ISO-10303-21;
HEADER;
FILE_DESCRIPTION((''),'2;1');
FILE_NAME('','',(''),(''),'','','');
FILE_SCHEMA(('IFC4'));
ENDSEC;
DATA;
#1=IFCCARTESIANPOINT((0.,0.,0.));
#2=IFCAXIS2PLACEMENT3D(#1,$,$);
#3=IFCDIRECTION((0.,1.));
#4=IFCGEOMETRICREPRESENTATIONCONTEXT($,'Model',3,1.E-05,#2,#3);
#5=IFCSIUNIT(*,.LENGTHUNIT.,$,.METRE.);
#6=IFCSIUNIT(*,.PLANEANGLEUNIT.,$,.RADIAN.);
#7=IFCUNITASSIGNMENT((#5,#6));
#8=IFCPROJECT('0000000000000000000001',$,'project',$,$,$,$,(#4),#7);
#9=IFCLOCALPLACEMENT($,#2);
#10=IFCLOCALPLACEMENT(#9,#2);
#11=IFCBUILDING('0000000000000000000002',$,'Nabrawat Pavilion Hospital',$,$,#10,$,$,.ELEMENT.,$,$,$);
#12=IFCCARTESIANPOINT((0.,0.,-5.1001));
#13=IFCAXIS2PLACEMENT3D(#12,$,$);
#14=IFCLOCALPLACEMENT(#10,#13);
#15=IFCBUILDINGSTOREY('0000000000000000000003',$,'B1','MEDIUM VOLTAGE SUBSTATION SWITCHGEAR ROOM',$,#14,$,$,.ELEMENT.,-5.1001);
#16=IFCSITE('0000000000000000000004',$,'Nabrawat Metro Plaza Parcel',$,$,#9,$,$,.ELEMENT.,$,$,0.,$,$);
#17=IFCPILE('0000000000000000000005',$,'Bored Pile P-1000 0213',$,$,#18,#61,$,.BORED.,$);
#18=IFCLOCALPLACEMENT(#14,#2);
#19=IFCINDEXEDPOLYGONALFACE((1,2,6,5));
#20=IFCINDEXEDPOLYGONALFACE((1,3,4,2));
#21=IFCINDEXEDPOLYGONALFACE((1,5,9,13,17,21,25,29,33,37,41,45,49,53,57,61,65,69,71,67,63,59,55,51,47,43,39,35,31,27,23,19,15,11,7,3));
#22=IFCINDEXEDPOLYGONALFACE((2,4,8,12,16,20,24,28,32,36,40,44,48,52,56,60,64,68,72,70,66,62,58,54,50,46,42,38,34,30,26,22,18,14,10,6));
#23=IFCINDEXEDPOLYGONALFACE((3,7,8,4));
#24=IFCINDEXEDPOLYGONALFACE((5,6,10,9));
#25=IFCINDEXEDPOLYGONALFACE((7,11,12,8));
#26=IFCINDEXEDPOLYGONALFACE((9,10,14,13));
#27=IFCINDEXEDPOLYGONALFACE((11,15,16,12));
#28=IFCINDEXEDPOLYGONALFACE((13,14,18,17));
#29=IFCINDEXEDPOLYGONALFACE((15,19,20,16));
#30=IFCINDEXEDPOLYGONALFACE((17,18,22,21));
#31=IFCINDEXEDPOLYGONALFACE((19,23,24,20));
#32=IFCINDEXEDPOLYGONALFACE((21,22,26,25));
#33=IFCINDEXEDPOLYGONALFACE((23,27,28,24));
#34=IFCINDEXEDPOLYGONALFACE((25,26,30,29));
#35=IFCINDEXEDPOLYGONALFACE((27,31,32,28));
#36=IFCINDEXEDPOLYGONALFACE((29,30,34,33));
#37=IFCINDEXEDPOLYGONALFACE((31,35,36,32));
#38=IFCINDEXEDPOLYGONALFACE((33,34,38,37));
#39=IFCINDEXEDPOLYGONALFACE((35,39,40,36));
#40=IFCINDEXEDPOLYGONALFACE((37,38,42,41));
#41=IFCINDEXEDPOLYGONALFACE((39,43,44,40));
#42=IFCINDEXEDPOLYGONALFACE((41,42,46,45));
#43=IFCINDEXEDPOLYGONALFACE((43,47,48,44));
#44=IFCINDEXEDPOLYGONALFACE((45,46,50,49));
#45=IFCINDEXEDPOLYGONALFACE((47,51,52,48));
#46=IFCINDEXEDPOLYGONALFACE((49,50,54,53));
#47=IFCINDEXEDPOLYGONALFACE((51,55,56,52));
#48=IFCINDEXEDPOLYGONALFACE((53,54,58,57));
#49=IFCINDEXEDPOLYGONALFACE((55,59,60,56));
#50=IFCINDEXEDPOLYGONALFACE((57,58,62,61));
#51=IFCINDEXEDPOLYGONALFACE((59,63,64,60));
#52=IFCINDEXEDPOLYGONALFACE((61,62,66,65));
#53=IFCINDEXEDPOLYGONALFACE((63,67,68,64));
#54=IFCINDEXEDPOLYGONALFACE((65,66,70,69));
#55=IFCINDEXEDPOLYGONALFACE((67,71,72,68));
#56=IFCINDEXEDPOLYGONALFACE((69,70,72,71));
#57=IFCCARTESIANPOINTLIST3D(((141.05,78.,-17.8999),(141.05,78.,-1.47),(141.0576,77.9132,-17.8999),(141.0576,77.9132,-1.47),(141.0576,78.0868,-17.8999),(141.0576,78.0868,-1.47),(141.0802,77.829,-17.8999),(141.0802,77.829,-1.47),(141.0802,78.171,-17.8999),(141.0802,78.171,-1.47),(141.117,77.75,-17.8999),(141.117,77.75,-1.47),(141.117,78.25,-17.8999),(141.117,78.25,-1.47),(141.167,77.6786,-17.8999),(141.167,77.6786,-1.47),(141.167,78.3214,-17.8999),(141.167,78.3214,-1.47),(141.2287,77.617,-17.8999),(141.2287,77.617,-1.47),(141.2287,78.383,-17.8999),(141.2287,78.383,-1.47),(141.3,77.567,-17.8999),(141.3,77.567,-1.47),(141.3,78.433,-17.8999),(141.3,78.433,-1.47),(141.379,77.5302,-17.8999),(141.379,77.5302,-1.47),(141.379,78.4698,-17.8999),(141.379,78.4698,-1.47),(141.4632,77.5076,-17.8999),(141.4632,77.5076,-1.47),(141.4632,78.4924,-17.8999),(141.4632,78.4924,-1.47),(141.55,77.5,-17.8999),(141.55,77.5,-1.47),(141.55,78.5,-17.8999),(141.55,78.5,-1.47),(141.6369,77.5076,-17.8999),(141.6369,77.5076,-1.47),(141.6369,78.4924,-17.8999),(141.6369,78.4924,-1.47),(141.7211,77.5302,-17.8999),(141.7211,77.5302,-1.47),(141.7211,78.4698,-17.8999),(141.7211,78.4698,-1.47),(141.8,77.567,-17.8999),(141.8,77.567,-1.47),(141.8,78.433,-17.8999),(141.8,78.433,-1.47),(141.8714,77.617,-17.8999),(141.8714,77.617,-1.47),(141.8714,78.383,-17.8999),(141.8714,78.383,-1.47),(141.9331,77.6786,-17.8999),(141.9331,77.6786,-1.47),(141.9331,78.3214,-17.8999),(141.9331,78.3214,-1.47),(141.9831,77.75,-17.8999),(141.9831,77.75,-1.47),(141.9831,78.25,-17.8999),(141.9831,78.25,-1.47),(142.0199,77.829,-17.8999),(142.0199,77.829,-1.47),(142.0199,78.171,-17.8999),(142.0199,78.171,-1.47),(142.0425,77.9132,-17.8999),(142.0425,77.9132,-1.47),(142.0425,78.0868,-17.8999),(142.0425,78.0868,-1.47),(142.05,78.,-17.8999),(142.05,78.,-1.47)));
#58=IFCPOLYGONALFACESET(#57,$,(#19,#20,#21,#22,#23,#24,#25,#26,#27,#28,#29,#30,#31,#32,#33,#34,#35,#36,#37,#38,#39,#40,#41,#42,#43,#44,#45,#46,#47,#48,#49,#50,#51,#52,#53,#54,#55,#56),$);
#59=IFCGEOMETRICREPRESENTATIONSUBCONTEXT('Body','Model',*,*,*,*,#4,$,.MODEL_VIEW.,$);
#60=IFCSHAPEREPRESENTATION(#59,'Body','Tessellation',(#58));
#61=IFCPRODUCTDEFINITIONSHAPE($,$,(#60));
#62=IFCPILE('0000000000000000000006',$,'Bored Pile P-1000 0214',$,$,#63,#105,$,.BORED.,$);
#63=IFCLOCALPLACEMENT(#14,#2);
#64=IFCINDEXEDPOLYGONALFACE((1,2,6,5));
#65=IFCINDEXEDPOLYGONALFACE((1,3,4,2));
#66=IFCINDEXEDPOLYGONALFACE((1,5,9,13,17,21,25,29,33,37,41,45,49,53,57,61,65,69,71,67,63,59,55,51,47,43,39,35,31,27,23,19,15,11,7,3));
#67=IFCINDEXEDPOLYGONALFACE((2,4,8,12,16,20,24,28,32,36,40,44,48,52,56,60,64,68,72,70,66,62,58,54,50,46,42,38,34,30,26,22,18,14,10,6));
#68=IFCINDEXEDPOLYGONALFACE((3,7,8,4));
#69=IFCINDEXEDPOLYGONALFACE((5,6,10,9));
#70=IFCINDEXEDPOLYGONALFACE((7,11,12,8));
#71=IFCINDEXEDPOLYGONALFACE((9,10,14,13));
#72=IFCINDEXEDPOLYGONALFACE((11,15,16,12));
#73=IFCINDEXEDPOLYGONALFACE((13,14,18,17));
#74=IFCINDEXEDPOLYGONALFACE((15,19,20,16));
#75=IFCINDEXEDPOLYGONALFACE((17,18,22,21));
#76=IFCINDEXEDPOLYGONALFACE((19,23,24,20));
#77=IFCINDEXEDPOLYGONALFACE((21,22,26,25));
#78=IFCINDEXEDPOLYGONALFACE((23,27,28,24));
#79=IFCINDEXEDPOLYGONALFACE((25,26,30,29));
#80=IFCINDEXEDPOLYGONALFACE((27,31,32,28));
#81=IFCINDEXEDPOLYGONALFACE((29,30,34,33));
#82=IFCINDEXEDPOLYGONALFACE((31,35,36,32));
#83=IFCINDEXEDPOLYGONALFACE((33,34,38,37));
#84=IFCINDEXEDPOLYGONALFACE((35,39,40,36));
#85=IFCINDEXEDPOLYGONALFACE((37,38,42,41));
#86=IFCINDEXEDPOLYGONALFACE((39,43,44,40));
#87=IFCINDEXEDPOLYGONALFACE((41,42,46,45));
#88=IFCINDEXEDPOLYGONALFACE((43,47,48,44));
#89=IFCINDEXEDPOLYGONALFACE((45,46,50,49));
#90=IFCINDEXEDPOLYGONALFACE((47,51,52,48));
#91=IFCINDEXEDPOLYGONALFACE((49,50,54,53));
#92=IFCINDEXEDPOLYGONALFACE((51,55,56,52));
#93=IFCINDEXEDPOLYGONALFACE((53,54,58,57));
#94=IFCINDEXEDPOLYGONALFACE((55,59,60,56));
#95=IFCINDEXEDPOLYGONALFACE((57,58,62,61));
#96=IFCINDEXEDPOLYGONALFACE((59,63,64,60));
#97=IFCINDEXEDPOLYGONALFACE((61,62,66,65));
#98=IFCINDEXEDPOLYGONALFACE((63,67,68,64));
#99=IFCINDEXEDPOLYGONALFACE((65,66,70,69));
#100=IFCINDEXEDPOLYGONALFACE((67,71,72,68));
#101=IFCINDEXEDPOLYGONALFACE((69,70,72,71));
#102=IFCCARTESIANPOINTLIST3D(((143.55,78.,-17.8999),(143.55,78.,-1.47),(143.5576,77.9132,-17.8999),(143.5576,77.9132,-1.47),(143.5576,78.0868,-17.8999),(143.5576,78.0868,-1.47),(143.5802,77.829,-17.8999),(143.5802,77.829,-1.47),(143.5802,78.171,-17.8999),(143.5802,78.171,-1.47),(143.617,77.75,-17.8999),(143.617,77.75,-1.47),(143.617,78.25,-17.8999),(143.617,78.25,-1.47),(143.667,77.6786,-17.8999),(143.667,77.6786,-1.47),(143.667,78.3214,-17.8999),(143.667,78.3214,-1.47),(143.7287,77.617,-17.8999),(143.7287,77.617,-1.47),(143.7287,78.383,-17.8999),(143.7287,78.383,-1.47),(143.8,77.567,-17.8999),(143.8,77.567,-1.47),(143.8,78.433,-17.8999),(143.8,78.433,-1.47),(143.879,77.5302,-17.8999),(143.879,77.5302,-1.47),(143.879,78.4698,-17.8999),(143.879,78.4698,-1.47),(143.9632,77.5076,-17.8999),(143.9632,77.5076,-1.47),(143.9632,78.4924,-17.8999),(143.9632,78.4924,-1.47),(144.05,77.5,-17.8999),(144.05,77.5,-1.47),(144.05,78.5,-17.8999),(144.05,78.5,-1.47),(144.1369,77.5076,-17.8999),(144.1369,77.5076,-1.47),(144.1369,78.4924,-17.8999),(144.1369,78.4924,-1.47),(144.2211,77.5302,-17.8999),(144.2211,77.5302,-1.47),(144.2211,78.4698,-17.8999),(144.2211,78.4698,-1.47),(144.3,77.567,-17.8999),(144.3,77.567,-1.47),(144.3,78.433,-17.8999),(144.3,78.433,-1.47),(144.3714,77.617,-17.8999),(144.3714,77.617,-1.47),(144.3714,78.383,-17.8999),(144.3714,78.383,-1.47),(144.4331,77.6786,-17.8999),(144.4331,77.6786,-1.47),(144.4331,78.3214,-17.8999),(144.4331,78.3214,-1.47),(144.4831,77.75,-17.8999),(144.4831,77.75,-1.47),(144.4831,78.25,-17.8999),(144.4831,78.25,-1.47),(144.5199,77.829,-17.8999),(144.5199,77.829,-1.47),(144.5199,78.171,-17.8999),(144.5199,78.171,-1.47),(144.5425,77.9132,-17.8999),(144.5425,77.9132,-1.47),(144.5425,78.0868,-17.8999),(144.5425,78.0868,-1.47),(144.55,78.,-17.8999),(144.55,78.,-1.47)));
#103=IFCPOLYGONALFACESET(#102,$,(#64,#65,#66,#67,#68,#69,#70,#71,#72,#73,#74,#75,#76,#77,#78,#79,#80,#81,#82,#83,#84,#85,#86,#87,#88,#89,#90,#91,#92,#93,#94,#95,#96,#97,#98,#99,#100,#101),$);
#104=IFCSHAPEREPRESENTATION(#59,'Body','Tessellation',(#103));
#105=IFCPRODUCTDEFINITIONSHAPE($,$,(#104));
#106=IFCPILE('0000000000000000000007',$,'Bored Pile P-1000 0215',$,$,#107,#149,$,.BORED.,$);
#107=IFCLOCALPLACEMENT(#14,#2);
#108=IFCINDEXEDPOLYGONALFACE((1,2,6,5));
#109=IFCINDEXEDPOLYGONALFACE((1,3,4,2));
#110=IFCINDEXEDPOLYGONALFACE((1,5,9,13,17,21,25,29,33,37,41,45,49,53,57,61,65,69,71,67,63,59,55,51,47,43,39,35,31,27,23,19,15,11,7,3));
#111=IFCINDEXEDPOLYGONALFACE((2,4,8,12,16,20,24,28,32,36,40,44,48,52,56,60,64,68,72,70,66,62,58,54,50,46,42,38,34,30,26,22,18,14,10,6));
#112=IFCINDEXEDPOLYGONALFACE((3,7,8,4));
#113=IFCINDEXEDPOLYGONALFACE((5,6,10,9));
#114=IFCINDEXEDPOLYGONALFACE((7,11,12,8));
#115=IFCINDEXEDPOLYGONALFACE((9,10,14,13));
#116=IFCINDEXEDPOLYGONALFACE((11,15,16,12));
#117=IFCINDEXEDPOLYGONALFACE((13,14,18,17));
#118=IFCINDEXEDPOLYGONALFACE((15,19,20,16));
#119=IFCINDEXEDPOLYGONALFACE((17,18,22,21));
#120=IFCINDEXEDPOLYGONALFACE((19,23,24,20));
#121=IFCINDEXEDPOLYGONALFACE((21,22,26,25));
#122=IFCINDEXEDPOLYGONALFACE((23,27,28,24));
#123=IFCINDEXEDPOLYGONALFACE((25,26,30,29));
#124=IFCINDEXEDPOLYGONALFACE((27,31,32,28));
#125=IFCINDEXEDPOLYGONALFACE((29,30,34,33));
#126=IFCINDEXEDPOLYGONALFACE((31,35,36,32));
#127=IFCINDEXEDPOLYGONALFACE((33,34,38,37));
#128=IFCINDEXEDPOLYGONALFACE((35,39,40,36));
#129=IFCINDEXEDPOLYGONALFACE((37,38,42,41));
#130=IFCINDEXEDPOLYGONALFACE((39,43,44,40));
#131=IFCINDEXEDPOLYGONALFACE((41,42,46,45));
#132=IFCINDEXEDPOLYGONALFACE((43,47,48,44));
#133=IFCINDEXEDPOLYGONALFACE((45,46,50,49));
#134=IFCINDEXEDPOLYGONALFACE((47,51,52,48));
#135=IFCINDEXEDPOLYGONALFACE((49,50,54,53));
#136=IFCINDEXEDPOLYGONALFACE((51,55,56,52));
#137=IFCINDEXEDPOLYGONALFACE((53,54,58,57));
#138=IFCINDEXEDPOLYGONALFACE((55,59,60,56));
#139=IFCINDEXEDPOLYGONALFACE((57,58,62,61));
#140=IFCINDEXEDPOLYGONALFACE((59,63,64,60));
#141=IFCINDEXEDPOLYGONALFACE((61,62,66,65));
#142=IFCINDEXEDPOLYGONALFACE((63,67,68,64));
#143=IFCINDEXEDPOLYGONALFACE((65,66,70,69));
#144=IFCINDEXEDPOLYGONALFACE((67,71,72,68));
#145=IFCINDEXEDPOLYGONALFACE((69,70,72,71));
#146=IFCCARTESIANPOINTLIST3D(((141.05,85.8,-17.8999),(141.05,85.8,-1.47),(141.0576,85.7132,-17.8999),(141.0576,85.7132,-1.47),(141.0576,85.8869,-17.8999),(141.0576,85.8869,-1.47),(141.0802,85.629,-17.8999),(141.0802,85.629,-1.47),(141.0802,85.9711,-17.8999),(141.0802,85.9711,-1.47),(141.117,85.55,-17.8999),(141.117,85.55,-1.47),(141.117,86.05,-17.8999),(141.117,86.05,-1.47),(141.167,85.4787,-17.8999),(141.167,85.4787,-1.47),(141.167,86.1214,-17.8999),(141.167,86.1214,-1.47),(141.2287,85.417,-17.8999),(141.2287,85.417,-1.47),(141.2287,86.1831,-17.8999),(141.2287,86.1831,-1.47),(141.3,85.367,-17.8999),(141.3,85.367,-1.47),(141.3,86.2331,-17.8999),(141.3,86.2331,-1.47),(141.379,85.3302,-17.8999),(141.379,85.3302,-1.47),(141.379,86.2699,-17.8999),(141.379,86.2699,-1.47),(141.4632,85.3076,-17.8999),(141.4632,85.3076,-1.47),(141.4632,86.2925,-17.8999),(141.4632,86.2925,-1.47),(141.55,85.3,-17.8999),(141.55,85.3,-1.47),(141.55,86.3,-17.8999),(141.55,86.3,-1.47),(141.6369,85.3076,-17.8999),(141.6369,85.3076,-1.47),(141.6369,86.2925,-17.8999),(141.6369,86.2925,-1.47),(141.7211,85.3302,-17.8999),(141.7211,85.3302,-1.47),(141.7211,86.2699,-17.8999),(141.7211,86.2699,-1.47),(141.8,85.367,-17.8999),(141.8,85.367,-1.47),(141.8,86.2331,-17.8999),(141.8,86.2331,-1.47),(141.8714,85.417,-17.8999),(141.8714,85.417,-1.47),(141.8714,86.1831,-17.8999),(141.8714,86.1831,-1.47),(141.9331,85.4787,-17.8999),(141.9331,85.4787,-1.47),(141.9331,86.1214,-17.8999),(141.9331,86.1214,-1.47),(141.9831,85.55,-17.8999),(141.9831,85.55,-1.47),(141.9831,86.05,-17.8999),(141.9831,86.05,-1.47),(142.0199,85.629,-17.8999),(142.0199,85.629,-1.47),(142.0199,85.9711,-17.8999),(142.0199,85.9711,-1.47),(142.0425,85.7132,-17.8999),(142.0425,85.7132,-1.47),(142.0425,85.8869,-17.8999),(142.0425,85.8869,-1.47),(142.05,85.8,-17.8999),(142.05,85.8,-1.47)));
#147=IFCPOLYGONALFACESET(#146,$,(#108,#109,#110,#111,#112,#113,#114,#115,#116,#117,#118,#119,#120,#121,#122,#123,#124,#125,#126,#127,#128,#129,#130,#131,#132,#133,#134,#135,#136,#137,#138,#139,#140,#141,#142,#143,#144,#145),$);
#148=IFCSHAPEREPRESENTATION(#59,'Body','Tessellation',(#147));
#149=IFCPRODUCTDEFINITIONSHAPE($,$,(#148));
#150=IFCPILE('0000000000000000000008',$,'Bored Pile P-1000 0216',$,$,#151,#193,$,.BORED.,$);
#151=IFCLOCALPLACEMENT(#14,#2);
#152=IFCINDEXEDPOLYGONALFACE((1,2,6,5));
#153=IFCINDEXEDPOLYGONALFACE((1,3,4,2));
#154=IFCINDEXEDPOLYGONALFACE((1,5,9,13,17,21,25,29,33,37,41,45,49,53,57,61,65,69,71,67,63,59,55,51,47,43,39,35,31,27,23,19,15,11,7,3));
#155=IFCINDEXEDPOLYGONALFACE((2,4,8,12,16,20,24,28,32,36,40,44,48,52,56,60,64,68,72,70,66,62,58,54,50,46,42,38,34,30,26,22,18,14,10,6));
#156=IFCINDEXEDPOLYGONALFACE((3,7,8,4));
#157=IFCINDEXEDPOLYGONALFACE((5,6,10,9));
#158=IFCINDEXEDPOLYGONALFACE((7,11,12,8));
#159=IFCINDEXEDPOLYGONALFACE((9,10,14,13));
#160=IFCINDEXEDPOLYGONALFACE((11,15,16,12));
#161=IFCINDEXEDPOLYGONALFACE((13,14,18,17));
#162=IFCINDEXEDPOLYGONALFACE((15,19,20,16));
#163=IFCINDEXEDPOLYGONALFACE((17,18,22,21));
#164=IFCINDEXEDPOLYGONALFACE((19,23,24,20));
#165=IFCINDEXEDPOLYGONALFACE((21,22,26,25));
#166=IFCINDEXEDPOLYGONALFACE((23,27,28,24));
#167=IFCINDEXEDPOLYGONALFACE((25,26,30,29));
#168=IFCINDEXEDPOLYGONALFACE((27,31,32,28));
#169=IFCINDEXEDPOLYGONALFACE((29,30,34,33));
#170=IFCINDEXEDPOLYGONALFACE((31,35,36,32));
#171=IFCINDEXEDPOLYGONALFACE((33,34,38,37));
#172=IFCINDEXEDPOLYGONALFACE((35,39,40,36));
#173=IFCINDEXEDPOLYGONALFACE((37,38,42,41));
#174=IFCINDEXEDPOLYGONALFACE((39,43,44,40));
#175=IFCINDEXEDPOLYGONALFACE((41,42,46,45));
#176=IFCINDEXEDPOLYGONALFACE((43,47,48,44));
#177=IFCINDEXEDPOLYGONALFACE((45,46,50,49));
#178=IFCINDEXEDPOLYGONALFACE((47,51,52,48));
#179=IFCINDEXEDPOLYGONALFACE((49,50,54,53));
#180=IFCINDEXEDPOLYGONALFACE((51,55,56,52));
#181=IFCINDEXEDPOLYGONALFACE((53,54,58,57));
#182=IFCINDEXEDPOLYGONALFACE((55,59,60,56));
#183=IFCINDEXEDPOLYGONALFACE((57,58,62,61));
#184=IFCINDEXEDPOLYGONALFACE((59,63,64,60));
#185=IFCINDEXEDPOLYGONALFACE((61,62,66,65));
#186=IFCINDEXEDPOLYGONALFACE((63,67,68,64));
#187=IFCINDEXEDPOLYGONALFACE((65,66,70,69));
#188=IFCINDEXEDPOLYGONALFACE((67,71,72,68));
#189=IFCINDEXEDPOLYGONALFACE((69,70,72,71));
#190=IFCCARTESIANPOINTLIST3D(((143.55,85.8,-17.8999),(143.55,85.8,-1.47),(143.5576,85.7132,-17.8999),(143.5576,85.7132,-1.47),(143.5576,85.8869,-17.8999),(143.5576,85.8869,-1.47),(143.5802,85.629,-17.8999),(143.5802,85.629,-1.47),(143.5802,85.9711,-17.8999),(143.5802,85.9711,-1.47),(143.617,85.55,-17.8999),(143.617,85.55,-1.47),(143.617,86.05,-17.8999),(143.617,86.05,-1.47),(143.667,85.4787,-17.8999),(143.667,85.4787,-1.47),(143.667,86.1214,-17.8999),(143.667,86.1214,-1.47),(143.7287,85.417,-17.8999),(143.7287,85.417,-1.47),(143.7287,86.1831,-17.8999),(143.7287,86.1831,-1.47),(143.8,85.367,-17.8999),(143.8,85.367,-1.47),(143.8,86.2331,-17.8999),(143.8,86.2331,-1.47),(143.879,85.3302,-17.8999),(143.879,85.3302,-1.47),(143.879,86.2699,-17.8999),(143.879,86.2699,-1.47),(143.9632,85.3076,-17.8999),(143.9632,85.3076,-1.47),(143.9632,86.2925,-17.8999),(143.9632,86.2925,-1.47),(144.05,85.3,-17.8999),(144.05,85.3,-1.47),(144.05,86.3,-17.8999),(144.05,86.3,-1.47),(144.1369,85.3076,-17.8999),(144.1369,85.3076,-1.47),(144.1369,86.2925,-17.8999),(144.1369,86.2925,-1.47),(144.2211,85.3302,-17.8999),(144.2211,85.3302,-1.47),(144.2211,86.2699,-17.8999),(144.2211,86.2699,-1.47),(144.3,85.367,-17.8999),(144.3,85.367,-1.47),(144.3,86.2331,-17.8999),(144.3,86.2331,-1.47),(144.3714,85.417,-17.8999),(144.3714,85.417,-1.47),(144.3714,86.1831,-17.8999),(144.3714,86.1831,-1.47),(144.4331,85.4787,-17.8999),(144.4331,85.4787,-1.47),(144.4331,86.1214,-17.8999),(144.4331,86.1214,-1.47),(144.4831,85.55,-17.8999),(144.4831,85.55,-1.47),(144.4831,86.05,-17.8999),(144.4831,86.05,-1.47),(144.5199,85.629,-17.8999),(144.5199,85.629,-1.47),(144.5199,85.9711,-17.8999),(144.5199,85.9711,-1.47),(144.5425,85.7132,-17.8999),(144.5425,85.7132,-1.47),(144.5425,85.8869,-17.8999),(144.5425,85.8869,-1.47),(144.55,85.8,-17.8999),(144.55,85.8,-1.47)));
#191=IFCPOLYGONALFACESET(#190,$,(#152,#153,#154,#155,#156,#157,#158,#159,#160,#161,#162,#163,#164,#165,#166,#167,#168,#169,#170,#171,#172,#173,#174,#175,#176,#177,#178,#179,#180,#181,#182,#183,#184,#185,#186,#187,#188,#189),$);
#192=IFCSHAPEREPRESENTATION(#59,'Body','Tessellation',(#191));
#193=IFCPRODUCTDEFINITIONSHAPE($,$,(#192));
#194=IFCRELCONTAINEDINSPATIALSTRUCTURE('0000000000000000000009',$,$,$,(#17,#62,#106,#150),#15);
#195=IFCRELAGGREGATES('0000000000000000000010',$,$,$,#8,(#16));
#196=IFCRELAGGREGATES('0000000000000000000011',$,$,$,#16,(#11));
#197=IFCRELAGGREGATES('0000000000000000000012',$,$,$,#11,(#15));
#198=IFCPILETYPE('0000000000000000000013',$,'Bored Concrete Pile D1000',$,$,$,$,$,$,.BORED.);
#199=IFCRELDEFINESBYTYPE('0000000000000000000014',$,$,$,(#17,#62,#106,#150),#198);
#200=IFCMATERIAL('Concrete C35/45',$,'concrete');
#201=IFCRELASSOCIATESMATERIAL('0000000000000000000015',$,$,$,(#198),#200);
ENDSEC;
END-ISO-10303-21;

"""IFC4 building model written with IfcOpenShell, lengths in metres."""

from ifc_helpers import new_model, si_unit, direction, frame, origin, origin_2d, place, context, subcontext, project, spatial, circle, extrude, material, material_profile, profile_set, type_object, element, save


model = new_model("IFC4")

# Units and contexts
model_context = context("Model", 3, precision=1e-05, world=origin(), true_north=direction((0.0, 1.0)))
body_context = subcontext(model_context, "Body", "Model", "MODEL_VIEW")
ifc_project = project(units=[si_unit("LENGTHUNIT", "METRE"), si_unit("PLANEANGLEUNIT", "RADIAN")], contexts=[model_context])

# Site, building, storey
site_placement = place(None, origin())
site = spatial("IfcSite", under=ifc_project, at=site_placement, Name="Nabrawat Metro Plaza Parcel", CompositionType="ELEMENT", RefElevation=0.0)
building_placement = place(site_placement, origin())
building = spatial("IfcBuilding", under=site, at=building_placement, Name="Nabrawat Pavilion Hospital", CompositionType="ELEMENT")
storey_placement = place(building_placement, frame((0.0, 0.0, -5.1001)))
storey = spatial("IfcBuildingStorey", under=building, at=storey_placement, Name="B1", Description="MEDIUM VOLTAGE SUBSTATION SWITCHGEAR ROOM", CompositionType="ELEMENT", Elevation=-5.1001)

# Piles
ifc_material_1 = material(Name="Concrete C35/45", Category="concrete")
ifc_material_profile_1 = material_profile(ifc_material_1, circle(Radius=0.5, at=origin_2d()), Name="DIA 1000")
ifc_profile_set_1 = profile_set([ifc_material_profile_1], Name="Concrete C35/45")
pile_type_1 = type_object("IfcPileType", Name="Bored Concrete Pile D1000", PredefinedType="BORED", material=ifc_profile_set_1)
for number, where, z_axis, x_axis, name in (
    (1, (141.55, 78.0, -1.47), (0.0, 0.0, -1.0), (1.0, 0.0, 0.0), "Bored Pile P-1000 0213"),
    (2, (144.05, 78.0, -1.47), (0.0, 0.0, -1.0), (1.0, 0.0, 0.0), "Bored Pile P-1000 0214"),
    (3, (141.55, 85.8, -1.47), (0.0, 0.0, -1.0), (1.0, 0.0, 0.0), "Bored Pile P-1000 0215"),
    (4, (144.05, 85.8, -1.47), (0.0, 0.0, -1.0), (1.0, 0.0, 0.0), "Bored Pile P-1000 0216"),
):
    element("IfcPile", number, at=place(storey_placement, frame(where, z_axis=z_axis, x_axis=x_axis)), inside=storey, type_object=pile_type_1, Name=name, PredefinedType="BORED", context=body_context, shape_type="SweptSolid", body=[
        extrude(circle(Radius=0.5, at=origin_2d()), origin(), (0.0, 0.0, 1.0), 16.4299),
    ])

save(model, "model.ifc")
